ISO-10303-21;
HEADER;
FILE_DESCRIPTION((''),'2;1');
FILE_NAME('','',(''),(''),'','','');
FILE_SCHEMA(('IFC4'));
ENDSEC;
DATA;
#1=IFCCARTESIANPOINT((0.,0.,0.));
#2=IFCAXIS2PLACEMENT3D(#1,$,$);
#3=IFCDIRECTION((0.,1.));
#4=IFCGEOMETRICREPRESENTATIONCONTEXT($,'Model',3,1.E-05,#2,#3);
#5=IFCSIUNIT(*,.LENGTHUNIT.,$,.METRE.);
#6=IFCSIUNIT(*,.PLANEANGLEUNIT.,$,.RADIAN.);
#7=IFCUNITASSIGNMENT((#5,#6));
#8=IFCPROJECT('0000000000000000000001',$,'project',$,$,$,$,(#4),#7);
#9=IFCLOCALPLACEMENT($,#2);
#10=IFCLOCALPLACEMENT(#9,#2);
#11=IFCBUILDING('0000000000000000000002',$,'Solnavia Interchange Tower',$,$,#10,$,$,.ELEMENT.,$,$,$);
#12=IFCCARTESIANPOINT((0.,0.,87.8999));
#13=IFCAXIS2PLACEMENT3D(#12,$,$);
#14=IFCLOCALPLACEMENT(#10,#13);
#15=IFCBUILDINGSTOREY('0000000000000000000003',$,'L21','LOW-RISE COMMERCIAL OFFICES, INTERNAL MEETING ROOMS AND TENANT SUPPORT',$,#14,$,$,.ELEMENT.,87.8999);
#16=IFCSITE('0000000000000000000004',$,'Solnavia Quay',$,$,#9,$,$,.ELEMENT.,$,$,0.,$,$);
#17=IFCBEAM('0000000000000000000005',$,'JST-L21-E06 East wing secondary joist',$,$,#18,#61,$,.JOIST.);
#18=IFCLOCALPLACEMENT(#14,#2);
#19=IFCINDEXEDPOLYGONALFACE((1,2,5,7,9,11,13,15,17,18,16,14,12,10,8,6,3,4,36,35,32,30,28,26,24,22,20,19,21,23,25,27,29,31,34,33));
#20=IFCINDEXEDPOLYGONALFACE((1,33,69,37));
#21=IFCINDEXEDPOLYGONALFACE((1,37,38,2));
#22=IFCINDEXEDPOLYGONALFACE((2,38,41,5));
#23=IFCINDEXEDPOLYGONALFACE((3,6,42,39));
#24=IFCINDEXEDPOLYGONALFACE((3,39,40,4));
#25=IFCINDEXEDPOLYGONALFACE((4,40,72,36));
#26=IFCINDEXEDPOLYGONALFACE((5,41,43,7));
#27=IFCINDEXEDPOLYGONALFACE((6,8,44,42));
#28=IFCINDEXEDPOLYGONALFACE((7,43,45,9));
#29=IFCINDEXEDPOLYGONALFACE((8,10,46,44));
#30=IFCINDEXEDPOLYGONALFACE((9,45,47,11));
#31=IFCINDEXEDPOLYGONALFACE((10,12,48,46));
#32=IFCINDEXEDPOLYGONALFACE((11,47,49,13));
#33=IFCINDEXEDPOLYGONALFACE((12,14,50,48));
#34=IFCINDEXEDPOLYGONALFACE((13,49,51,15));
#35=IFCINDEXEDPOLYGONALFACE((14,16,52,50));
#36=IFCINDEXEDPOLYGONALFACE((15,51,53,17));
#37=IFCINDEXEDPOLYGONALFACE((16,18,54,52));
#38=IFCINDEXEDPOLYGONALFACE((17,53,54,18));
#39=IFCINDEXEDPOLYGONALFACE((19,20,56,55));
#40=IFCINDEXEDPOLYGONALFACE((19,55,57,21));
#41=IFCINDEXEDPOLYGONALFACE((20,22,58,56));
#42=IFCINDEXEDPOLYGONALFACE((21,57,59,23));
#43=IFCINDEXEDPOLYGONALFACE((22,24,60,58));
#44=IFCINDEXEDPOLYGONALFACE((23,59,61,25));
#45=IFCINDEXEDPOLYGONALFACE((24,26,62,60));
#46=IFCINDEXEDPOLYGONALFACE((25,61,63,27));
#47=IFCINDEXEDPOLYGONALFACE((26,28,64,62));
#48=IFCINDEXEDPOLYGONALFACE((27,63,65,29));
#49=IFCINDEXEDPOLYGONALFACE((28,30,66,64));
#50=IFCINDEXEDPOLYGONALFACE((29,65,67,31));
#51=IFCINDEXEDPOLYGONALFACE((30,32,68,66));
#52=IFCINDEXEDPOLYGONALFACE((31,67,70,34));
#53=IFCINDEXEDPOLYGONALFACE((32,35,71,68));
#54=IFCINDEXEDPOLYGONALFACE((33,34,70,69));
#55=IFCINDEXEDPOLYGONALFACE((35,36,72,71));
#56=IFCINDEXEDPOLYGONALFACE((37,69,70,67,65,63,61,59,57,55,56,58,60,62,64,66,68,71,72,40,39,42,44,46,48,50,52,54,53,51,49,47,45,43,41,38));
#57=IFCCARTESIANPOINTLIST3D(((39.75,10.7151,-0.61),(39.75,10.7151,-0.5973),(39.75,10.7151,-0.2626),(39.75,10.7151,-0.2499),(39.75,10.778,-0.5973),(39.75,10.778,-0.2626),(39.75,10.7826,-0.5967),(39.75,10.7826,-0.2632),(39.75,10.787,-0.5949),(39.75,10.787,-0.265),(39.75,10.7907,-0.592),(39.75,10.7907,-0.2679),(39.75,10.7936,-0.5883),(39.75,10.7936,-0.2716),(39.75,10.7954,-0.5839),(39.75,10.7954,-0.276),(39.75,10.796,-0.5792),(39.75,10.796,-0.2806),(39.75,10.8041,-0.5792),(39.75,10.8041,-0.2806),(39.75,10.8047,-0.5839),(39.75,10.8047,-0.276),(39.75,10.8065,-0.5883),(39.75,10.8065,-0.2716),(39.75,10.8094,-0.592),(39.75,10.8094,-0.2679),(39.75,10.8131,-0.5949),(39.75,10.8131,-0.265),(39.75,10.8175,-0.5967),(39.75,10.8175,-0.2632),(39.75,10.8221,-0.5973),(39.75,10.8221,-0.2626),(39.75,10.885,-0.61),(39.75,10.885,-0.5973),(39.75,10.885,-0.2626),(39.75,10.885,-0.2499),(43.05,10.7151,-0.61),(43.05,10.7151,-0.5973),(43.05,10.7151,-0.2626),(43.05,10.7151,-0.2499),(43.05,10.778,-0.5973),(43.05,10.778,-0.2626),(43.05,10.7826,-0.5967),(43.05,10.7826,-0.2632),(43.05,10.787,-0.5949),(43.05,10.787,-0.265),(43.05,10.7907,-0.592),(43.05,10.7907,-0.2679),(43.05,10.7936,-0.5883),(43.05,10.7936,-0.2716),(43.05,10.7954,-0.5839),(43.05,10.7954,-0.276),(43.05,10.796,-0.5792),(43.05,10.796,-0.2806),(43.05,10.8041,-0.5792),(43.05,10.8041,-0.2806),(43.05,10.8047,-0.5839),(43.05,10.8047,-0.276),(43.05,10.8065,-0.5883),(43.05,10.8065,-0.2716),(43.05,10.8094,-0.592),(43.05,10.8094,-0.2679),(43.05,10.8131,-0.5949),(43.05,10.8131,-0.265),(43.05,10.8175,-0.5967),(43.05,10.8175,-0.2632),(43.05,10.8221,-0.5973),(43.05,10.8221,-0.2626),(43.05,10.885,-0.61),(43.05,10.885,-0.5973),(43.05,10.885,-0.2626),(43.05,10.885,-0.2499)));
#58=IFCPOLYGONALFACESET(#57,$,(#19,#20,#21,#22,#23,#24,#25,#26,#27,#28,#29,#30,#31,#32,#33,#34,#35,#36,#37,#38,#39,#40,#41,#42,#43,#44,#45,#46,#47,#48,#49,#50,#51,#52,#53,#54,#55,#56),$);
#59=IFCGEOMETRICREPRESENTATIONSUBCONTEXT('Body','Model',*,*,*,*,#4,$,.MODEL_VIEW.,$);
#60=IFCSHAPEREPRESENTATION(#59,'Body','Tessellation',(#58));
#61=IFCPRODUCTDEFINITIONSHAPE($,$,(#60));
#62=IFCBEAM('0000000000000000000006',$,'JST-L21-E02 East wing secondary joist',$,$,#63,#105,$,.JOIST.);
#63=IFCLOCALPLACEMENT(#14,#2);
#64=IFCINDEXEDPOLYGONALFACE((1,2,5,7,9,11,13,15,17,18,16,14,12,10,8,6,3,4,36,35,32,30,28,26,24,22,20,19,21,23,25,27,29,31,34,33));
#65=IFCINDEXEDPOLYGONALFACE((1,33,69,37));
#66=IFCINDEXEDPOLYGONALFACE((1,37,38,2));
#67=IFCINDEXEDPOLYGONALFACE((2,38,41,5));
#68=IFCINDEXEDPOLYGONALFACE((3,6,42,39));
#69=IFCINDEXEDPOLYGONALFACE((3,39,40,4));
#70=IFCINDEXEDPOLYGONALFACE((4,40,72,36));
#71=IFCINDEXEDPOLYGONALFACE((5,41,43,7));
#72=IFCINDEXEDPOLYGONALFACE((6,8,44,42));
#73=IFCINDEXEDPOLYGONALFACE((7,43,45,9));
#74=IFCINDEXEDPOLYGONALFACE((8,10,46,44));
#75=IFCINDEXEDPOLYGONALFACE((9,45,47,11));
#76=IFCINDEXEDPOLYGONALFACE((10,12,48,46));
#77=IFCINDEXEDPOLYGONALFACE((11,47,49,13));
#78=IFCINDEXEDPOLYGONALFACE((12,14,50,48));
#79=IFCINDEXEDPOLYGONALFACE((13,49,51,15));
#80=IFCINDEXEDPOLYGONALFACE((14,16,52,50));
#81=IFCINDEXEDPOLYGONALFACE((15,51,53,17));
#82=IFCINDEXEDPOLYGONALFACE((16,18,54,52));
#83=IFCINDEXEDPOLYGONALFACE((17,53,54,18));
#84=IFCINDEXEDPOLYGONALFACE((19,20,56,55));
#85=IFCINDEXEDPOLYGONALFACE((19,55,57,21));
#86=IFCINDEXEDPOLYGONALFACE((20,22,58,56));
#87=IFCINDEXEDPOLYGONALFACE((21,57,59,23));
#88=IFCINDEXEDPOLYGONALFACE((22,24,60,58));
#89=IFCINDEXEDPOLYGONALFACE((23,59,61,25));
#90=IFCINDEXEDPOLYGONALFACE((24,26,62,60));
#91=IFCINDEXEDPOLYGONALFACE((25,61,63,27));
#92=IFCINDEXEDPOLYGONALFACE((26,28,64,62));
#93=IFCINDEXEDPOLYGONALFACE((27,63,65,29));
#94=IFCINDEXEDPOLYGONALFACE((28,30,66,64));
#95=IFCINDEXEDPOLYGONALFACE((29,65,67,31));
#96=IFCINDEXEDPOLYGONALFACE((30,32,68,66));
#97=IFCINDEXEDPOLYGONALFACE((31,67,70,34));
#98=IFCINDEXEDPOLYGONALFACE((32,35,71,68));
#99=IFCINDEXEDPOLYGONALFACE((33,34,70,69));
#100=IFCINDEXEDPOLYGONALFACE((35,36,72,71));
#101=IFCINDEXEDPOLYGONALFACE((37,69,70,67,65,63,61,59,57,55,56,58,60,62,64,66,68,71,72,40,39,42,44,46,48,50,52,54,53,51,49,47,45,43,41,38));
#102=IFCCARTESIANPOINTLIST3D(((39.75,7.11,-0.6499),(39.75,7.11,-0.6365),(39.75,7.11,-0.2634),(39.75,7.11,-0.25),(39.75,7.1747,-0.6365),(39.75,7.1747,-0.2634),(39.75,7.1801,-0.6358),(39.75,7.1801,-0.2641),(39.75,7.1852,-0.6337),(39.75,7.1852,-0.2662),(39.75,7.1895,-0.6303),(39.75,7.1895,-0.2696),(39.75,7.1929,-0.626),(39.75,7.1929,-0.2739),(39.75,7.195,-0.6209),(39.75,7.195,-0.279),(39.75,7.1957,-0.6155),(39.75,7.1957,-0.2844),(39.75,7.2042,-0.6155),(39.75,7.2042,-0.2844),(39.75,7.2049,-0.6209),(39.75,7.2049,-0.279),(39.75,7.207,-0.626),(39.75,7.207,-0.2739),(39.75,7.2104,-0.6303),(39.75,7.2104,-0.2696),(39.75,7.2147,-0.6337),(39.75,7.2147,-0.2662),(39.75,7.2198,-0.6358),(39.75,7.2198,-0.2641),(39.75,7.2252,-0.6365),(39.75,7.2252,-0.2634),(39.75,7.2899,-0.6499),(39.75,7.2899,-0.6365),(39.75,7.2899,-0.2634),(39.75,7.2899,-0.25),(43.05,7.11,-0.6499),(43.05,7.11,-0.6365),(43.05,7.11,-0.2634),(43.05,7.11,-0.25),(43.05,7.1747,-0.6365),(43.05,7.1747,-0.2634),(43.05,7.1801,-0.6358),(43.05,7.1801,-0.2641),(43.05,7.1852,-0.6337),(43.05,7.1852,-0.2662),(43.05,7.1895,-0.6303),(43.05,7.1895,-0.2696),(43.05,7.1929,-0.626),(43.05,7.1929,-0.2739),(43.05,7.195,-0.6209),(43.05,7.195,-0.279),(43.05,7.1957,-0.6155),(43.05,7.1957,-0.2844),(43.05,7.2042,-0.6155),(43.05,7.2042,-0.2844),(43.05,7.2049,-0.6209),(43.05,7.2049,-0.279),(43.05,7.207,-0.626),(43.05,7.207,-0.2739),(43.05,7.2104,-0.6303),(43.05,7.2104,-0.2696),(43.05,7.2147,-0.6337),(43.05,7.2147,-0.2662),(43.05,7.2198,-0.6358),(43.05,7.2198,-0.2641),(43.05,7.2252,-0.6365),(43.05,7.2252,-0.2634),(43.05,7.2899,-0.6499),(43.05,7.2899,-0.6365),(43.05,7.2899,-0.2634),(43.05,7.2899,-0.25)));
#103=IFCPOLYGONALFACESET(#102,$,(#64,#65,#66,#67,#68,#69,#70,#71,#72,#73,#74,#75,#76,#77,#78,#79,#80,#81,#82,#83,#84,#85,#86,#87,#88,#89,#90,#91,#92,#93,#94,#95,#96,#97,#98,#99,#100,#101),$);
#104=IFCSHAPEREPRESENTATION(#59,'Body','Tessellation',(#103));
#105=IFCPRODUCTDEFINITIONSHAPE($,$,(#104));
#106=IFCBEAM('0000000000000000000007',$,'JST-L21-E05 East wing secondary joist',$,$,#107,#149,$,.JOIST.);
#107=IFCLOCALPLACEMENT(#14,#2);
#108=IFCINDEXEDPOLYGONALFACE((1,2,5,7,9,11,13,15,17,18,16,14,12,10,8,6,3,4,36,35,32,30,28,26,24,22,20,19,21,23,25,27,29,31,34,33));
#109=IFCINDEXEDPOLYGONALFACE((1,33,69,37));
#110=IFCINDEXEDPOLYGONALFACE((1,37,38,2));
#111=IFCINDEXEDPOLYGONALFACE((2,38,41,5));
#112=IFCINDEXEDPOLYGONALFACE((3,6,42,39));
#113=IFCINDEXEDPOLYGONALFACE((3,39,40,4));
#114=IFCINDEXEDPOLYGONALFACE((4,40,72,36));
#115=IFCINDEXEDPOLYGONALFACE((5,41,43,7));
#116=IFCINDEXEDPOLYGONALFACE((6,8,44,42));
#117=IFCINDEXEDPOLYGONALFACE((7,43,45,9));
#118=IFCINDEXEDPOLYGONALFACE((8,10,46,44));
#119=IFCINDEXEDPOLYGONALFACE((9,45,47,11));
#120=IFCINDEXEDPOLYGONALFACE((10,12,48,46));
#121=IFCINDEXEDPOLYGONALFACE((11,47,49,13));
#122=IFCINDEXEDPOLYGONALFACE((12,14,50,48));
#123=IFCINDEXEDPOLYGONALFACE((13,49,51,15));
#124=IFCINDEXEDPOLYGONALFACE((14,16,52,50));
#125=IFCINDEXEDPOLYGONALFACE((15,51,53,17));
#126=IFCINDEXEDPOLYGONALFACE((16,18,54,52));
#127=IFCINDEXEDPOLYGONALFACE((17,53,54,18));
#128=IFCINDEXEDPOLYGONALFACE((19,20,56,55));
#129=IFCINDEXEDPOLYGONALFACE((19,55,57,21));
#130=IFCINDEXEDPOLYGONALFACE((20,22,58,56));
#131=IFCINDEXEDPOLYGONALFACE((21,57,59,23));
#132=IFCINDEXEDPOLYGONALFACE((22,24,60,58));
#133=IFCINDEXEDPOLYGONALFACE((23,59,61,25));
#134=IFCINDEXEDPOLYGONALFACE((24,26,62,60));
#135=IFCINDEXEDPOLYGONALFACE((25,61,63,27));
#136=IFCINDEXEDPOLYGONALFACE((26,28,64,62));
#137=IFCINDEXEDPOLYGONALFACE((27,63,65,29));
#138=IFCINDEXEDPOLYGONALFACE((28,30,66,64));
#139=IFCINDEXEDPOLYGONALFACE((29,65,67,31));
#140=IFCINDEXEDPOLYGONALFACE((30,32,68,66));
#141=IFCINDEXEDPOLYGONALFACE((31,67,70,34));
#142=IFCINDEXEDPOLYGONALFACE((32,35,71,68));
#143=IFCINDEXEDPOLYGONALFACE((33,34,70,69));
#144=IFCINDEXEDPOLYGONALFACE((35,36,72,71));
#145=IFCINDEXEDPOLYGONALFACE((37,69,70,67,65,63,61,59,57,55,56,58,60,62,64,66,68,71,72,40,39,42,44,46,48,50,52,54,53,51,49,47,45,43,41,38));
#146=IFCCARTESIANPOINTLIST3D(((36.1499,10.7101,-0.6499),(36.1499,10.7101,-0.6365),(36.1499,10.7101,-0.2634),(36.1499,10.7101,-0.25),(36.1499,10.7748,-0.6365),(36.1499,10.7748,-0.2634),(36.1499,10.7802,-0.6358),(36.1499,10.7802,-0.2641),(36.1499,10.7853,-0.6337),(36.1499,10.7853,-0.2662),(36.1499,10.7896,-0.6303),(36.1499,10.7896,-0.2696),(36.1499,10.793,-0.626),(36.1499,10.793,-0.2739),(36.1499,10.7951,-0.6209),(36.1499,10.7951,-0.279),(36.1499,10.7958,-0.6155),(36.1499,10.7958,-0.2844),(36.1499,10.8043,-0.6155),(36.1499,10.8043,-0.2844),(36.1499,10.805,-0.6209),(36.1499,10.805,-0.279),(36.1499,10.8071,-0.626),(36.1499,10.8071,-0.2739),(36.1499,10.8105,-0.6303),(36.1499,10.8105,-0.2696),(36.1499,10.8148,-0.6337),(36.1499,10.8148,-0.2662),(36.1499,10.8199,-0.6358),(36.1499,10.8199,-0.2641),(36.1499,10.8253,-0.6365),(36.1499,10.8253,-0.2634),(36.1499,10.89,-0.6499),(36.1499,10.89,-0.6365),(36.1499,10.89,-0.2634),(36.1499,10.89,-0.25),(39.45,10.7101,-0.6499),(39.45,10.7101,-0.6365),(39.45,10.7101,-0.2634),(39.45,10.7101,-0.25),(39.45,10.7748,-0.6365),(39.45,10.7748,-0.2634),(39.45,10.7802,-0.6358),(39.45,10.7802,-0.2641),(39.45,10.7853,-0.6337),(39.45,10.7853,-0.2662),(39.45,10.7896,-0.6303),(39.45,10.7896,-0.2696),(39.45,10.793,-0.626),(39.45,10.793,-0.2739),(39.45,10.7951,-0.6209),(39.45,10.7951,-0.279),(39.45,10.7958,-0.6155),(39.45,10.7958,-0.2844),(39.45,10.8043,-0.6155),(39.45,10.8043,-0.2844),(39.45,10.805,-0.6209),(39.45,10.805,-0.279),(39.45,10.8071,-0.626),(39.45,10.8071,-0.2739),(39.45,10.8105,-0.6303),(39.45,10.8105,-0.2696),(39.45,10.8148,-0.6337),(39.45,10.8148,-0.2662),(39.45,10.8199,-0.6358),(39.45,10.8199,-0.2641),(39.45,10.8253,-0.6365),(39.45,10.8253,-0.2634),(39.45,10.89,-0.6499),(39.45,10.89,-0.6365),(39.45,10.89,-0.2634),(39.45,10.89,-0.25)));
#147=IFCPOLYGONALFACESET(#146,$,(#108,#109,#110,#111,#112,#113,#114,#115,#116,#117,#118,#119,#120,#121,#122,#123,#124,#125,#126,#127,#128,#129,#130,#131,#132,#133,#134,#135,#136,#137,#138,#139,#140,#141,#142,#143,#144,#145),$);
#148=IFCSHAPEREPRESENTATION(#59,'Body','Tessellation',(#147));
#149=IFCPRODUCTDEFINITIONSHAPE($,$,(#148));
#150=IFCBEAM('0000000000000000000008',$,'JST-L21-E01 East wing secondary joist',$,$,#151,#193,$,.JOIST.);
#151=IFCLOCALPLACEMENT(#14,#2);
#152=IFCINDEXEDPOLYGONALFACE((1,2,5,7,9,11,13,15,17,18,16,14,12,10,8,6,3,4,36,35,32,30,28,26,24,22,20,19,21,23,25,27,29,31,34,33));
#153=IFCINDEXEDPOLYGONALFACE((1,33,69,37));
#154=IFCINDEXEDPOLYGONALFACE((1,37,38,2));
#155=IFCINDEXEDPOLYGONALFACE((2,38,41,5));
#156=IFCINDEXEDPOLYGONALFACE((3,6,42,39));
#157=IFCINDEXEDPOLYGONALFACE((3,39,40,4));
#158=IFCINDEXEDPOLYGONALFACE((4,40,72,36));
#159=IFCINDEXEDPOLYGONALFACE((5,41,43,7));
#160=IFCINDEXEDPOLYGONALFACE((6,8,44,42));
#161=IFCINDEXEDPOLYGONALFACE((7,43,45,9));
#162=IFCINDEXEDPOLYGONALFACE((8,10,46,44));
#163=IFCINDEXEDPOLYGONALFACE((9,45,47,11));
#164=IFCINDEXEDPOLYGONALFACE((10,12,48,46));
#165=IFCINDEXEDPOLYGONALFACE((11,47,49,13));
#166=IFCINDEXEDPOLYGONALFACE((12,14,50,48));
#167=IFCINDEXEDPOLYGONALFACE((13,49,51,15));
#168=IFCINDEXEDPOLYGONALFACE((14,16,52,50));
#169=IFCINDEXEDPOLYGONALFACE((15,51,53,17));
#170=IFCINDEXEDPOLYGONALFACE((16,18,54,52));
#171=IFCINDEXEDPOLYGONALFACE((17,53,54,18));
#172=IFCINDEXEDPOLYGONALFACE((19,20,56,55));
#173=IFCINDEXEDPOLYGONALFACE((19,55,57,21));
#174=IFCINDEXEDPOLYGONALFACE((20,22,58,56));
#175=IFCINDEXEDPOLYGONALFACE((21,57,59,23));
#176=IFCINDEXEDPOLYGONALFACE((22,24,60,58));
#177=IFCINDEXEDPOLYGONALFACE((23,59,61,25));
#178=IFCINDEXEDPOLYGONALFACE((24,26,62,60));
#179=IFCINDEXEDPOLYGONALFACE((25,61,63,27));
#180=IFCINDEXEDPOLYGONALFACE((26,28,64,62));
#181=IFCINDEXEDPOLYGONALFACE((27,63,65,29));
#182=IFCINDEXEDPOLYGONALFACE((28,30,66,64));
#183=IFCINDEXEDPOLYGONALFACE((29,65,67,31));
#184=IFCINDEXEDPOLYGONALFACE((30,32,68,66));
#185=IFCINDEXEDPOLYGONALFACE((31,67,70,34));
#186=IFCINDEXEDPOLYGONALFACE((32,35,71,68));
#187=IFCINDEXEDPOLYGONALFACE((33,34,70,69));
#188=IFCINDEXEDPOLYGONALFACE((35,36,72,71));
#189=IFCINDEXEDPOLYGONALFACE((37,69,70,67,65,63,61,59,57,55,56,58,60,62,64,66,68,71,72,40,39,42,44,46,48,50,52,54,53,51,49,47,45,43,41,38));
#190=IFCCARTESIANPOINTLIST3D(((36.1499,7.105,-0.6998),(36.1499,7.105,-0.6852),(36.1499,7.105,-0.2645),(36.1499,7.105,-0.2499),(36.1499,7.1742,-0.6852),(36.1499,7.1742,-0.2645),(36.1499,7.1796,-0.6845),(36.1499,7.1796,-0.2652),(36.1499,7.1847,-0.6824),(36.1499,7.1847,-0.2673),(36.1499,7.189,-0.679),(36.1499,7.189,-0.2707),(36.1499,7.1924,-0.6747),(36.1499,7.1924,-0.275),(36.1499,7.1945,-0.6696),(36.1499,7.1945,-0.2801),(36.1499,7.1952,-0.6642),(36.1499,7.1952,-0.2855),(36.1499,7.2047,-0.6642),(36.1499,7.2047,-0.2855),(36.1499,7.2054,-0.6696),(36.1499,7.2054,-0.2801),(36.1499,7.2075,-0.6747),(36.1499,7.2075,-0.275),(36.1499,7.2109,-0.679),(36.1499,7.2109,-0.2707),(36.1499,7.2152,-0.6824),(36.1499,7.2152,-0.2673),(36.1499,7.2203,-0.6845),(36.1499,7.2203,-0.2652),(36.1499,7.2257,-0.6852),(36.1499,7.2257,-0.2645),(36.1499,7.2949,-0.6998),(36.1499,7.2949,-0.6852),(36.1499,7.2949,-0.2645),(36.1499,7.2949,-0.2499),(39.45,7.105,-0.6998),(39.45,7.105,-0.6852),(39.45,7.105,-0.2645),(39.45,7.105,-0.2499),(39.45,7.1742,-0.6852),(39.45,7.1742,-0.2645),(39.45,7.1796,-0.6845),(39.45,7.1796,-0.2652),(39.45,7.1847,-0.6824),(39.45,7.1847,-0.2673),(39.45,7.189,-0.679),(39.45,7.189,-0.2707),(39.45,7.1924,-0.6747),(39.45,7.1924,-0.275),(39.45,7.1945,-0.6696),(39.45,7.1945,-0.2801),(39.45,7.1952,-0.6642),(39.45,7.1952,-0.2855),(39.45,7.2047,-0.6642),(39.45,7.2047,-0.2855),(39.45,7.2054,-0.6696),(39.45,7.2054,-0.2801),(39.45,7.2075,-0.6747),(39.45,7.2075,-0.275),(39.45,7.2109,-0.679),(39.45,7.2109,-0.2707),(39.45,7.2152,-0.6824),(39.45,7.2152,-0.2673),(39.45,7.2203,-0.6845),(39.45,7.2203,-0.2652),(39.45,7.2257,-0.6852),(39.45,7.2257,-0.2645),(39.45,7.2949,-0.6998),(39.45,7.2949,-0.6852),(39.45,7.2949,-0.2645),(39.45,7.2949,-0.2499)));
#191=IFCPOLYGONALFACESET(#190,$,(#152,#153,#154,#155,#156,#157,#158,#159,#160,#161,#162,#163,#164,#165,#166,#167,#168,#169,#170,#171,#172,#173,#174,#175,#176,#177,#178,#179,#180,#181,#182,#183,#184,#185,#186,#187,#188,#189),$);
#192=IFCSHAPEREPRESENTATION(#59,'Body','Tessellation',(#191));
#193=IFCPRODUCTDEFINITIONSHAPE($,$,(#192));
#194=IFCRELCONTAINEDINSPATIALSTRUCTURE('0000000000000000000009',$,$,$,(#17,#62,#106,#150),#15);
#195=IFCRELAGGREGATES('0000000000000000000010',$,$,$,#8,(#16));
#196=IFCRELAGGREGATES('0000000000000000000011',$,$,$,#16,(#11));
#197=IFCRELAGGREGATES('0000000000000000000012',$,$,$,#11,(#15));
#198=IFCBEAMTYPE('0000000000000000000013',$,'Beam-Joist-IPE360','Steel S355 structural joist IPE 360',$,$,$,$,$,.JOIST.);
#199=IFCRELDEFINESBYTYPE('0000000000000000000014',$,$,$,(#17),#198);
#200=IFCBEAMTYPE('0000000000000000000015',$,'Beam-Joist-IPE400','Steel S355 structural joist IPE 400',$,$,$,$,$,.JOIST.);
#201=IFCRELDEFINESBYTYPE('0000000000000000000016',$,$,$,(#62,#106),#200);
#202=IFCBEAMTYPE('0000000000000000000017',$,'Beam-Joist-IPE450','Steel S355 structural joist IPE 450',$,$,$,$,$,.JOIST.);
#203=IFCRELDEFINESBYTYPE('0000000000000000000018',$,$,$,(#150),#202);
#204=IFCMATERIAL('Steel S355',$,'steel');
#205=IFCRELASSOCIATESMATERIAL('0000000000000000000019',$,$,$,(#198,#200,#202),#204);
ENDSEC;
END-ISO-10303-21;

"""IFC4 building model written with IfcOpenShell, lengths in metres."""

from ifc_helpers import new_model, si_unit, direction, frame, origin, origin_2d, place, context, subcontext, project, spatial, i_section, extrude, material, material_profile, profile_set, type_object, element, save


model = new_model("IFC4")

# Units and contexts
model_context = context("Model", 3, precision=1e-05, world=origin(), true_north=direction((0.0, 1.0)))
body_context = subcontext(model_context, "Body", "Model", "MODEL_VIEW")
ifc_project = project(units=[si_unit("LENGTHUNIT", "METRE"), si_unit("PLANEANGLEUNIT", "RADIAN")], contexts=[model_context])

# Site, building, storey
site_placement = place(None, origin())
site = spatial("IfcSite", under=ifc_project, at=site_placement, Name="Solnavia Quay", CompositionType="ELEMENT", RefElevation=0.0)
building_placement = place(site_placement, origin())
building = spatial("IfcBuilding", under=site, at=building_placement, Name="Solnavia Interchange Tower", CompositionType="ELEMENT")
storey_placement = place(building_placement, frame((0.0, 0.0, 87.8999)))
storey = spatial("IfcBuildingStorey", under=building, at=storey_placement, Name="L21", Description="LOW-RISE COMMERCIAL OFFICES, INTERNAL MEETING ROOMS AND TENANT SUPPORT", CompositionType="ELEMENT", Elevation=87.8999)

# Shared definitions
ifc_material_1 = material(Name="Steel S355", Category="steel")

# Beams
ifc_material_profile_1 = material_profile(ifc_material_1, i_section(OverallWidth=0.1699, OverallDepth=0.3601, WebThickness=0.0081, FlangeThickness=0.0127, FilletRadius=0.0181, at=origin_2d()), Name="IPE 360")
ifc_profile_set_1 = profile_set([ifc_material_profile_1], Name="Steel S355")
beam_type_1 = type_object("IfcBeamType", Name="Beam-Joist-IPE360", Description="Steel S355 structural joist IPE 360", PredefinedType="JOIST", material=ifc_profile_set_1)
beam_1_placement = place(storey_placement, frame((39.75, 10.8, -0.4299), z_axis=(1.0, 0.0, 0.0), x_axis=(0.0, 1.0, 0.0)))
element("IfcBeam", 1, at=beam_1_placement, inside=storey, type_object=beam_type_1, Name="JST-L21-E06 East wing secondary joist", PredefinedType="JOIST", context=body_context, shape_type="SweptSolid", body=[
    extrude(i_section(OverallWidth=0.1699, OverallDepth=0.3601, WebThickness=0.0081, FlangeThickness=0.0127, FilletRadius=0.0181, at=origin_2d()), origin(), (0.0, 0.0, 1.0), 3.3),
])
ifc_material_profile_2 = material_profile(ifc_material_1, i_section(OverallWidth=0.1799, OverallDepth=0.3999, WebThickness=0.0085, FlangeThickness=0.0134, FilletRadius=0.021, at=origin_2d()), Name="IPE 400")
ifc_profile_set_2 = profile_set([ifc_material_profile_2], Name="Steel S355")
beam_type_2 = type_object("IfcBeamType", Name="Beam-Joist-IPE400", Description="Steel S355 structural joist IPE 400", PredefinedType="JOIST", material=ifc_profile_set_2)
for number, where, z_axis, x_axis, name in (
    (2, (39.75, 7.2, -0.45), (1.0, 0.0, 0.0), (0.0, 1.0, 0.0), "JST-L21-E02 East wing secondary joist"),
    (3, (36.1499, 10.8, -0.45), (1.0, 0.0, 0.0), (0.0, 1.0, 0.0), "JST-L21-E05 East wing secondary joist"),
):
    element("IfcBeam", number, at=place(storey_placement, frame(where, z_axis=z_axis, x_axis=x_axis)), inside=storey, type_object=beam_type_2, Name=name, PredefinedType="JOIST", context=body_context, shape_type="SweptSolid", body=[
        extrude(i_section(OverallWidth=0.1799, OverallDepth=0.3999, WebThickness=0.0085, FlangeThickness=0.0134, FilletRadius=0.021, at=origin_2d()), origin(), (0.0, 0.0, 1.0), 3.3),
    ])
ifc_material_profile_3 = material_profile(ifc_material_1, i_section(OverallWidth=0.1899, OverallDepth=0.45, WebThickness=0.0095, FlangeThickness=0.0146, FilletRadius=0.021, at=origin_2d()), Name="IPE 450")
ifc_profile_set_3 = profile_set([ifc_material_profile_3], Name="Steel S355")
beam_type_3 = type_object("IfcBeamType", Name="Beam-Joist-IPE450", Description="Steel S355 structural joist IPE 450", PredefinedType="JOIST", material=ifc_profile_set_3)
beam_2_placement = place(storey_placement, frame((36.1499, 7.2, -0.4749), z_axis=(1.0, 0.0, 0.0), x_axis=(0.0, 1.0, 0.0)))
element("IfcBeam", 4, at=beam_2_placement, inside=storey, type_object=beam_type_3, Name="JST-L21-E01 East wing secondary joist", PredefinedType="JOIST", context=body_context, shape_type="SweptSolid", body=[
    extrude(i_section(OverallWidth=0.1899, OverallDepth=0.45, WebThickness=0.0095, FlangeThickness=0.0146, FilletRadius=0.021, at=origin_2d()), origin(), (0.0, 0.0, 1.0), 3.3),
])

save(model, "model.ifc")
